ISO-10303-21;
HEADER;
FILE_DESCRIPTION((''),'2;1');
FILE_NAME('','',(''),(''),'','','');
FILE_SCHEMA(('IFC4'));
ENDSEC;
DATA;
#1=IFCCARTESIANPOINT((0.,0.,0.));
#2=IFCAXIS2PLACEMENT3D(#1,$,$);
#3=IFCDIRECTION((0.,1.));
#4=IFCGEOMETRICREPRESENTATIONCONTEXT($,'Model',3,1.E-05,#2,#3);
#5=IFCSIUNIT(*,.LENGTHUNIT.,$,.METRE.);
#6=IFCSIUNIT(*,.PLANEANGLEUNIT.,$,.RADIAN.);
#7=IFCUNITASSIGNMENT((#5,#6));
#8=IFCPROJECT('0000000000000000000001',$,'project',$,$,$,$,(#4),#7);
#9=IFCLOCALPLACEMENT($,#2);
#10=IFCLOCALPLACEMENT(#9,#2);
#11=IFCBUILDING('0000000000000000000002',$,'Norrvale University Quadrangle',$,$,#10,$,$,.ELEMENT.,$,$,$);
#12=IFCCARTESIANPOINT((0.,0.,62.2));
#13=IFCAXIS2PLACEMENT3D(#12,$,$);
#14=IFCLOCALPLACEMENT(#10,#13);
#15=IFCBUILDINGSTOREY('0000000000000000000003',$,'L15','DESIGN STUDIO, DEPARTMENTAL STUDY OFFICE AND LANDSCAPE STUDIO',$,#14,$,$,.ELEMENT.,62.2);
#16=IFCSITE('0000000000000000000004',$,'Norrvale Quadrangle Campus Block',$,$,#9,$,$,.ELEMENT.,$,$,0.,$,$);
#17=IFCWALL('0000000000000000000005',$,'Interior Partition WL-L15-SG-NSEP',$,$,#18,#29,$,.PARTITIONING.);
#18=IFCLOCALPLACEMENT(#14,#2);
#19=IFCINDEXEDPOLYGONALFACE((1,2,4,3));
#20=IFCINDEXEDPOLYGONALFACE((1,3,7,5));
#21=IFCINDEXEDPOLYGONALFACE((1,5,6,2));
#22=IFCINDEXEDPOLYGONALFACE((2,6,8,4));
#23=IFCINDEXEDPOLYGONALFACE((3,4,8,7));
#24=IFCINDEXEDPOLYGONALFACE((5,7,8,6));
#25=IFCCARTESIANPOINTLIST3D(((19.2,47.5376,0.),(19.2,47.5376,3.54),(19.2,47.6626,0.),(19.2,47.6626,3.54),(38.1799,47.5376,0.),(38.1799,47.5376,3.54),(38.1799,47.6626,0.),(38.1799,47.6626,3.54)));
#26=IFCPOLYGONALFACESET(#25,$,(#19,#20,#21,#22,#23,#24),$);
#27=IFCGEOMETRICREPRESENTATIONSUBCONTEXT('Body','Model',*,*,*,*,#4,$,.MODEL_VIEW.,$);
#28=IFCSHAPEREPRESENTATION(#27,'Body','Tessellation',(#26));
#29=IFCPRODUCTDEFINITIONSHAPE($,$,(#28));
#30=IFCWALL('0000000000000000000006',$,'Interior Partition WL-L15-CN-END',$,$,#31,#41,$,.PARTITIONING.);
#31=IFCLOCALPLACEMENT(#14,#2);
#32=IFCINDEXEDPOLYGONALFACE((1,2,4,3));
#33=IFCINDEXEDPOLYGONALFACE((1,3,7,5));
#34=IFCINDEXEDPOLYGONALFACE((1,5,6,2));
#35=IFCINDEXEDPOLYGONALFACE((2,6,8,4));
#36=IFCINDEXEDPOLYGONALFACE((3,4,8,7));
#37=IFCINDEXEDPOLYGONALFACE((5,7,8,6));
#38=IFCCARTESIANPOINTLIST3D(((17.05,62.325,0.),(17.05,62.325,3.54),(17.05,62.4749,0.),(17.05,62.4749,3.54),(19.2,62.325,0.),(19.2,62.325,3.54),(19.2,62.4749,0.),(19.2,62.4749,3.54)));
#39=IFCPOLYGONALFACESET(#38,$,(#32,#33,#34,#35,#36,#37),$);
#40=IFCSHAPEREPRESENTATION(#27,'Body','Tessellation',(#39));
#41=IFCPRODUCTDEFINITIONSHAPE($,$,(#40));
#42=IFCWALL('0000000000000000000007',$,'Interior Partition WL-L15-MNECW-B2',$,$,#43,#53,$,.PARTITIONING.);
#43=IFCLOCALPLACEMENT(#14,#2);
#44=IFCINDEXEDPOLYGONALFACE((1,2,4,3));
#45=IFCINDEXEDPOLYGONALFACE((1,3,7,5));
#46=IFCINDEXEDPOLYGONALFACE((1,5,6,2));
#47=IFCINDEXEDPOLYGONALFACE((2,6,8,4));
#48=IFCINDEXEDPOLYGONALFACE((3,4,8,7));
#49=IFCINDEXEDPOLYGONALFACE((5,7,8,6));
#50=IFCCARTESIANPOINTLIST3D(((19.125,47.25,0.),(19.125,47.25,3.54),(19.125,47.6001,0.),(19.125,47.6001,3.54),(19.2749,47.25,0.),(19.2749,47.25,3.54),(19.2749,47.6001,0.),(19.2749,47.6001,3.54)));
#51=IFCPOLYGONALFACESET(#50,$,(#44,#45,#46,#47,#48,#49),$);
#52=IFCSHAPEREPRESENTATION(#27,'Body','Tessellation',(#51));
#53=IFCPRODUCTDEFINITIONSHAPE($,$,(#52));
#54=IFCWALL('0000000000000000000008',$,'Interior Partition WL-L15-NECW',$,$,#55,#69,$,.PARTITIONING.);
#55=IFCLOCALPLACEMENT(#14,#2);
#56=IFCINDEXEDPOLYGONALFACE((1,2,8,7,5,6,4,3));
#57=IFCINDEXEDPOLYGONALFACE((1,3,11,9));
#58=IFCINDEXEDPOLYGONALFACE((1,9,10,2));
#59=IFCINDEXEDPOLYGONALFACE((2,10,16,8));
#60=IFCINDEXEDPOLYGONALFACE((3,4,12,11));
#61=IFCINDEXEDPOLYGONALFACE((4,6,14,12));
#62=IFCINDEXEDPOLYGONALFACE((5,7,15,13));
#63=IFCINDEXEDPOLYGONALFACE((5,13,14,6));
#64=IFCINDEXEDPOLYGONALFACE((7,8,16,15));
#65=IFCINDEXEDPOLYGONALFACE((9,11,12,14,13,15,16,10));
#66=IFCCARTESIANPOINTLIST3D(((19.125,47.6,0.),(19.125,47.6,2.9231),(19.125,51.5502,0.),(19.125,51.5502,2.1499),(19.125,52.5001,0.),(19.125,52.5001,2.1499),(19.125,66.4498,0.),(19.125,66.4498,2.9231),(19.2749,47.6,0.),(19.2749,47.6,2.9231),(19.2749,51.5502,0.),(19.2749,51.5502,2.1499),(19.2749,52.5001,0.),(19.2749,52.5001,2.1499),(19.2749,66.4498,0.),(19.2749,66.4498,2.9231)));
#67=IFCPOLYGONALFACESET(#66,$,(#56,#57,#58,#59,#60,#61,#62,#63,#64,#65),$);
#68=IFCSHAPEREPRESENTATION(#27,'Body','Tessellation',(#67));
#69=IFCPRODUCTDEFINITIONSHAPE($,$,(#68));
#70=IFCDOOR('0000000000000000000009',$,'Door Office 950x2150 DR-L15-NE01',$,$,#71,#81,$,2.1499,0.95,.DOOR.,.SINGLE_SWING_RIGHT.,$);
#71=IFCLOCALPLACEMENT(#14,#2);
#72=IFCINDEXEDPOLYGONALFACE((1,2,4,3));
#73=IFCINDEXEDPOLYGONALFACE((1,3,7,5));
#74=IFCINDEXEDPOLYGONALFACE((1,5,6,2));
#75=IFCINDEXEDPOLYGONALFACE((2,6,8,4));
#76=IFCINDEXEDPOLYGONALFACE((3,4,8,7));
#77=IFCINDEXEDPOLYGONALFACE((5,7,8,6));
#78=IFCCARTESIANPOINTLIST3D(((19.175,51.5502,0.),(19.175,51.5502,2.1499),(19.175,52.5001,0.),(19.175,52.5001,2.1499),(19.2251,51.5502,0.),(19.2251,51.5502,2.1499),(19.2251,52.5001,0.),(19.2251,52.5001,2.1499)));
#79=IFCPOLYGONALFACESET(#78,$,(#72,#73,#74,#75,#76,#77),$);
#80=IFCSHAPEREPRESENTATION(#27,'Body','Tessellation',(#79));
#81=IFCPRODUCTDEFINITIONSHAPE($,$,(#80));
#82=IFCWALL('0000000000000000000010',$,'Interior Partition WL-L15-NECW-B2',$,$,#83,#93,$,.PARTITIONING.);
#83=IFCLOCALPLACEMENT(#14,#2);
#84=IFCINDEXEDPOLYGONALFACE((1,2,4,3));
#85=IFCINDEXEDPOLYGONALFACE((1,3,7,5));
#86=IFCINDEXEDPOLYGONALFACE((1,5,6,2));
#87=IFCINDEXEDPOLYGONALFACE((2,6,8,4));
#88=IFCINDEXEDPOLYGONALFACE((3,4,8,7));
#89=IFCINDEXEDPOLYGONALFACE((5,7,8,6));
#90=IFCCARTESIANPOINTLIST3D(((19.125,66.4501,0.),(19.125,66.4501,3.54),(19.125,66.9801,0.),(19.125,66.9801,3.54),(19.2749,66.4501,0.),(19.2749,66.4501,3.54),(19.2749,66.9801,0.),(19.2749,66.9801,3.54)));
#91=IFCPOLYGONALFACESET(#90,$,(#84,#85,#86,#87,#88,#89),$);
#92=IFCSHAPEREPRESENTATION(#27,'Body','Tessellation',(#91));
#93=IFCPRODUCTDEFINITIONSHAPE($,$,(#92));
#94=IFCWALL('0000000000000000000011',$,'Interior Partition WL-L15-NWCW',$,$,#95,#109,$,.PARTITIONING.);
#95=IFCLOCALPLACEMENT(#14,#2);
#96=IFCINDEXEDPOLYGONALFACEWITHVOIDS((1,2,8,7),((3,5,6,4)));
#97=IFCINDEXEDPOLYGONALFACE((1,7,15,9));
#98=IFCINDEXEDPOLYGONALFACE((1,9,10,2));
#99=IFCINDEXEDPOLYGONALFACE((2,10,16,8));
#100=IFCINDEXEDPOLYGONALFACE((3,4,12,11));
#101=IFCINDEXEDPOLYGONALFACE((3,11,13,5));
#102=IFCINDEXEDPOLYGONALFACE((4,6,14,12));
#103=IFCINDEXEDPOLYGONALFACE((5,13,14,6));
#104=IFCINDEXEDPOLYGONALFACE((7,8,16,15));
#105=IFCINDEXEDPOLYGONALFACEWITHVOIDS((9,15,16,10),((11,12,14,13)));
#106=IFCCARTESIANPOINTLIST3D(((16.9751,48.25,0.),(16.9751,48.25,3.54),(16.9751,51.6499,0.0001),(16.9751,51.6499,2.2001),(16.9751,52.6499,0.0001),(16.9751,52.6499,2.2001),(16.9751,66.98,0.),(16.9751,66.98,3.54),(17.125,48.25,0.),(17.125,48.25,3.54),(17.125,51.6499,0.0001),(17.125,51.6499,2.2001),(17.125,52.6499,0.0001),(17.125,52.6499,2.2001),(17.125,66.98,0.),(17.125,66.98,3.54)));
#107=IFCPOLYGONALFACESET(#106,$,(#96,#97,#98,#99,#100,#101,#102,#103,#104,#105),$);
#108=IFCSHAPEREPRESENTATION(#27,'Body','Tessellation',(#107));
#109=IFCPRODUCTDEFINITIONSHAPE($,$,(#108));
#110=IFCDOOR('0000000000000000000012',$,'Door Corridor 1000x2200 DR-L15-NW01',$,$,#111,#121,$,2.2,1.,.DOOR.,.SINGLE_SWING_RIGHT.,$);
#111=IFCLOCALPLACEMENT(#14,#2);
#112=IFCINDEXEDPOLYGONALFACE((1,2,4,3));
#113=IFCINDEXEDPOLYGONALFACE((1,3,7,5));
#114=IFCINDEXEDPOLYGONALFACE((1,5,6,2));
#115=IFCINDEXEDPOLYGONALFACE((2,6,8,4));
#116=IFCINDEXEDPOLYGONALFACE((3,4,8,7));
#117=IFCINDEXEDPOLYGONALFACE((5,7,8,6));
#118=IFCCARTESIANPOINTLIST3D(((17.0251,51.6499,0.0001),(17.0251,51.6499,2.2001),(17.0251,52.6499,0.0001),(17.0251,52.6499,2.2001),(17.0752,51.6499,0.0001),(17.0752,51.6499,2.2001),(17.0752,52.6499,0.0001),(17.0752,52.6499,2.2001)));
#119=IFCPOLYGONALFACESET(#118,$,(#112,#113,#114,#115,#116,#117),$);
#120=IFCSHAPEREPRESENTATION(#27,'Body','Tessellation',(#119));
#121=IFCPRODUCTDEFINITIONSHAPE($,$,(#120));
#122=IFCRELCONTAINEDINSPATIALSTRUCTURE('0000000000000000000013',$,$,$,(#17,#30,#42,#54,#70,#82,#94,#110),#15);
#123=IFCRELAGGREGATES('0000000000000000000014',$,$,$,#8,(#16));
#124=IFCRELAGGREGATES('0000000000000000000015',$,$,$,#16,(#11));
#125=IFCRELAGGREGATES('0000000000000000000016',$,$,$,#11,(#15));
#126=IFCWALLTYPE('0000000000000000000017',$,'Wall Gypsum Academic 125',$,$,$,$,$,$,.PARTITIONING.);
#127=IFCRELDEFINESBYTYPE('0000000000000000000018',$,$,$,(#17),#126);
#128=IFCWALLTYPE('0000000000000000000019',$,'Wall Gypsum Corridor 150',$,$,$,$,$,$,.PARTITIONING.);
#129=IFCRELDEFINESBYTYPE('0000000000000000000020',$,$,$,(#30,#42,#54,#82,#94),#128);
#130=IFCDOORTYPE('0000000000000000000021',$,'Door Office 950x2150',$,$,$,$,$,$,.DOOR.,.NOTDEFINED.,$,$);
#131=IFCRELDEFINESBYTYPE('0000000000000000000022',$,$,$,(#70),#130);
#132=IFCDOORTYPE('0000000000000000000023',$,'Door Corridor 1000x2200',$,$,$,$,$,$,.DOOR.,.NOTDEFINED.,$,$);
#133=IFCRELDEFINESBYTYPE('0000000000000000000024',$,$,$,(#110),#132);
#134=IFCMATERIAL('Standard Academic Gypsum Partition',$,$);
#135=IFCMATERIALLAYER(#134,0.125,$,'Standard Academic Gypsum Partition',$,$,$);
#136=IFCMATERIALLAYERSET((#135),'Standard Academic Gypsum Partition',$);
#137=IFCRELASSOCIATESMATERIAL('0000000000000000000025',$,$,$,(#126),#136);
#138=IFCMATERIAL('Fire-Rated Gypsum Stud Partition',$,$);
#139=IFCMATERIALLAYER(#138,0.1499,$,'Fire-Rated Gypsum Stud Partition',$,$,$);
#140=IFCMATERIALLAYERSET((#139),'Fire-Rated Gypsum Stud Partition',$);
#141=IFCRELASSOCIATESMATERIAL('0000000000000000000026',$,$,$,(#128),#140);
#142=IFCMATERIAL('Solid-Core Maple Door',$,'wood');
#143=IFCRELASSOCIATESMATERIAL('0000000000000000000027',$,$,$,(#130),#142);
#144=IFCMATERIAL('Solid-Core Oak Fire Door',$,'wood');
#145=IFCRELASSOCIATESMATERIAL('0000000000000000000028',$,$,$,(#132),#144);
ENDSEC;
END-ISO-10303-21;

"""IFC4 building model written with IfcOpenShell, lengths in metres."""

from ifc_helpers import new_model, si_unit, direction, frame, frame_2d, origin, place, context, subcontext, project, spatial, rectangle, extrude, material, layer, layer_set, type_object, element, fill, save


model = new_model("IFC4")

# Units and contexts
model_context = context("Model", 3, precision=1e-05, world=origin(), true_north=direction((0.0, 1.0)))
body_context = subcontext(model_context, "Body", "Model", "MODEL_VIEW")
ifc_project = project(units=[si_unit("LENGTHUNIT", "METRE"), si_unit("PLANEANGLEUNIT", "RADIAN")], contexts=[model_context])

# Site, building, storey
site_placement = place(None, origin())
site = spatial("IfcSite", under=ifc_project, at=site_placement, Name="Norrvale Quadrangle Campus Block", CompositionType="ELEMENT", RefElevation=0.0)
building_placement = place(site_placement, origin())
building = spatial("IfcBuilding", under=site, at=building_placement, Name="Norrvale University Quadrangle", CompositionType="ELEMENT")
storey_placement = place(building_placement, frame((0.0, 0.0, 62.2)))
storey = spatial("IfcBuildingStorey", under=building, at=storey_placement, Name="L15", Description="DESIGN STUDIO, DEPARTMENTAL STUDY OFFICE AND LANDSCAPE STUDIO", CompositionType="ELEMENT", Elevation=62.2)

# Walls
ifc_material_1 = material(Name="Standard Academic Gypsum Partition")
ifc_layer_1 = layer(ifc_material_1, 0.125, Name="Standard Academic Gypsum Partition")
ifc_layer_set_1 = layer_set([ifc_layer_1], Name="Standard Academic Gypsum Partition")
wall_type_1 = type_object("IfcWallType", Name="Wall Gypsum Academic 125", PredefinedType="PARTITIONING", material=ifc_layer_set_1)
wall_1_placement = place(storey_placement, frame((19.2, 47.6001, 0.0), z_axis=(0.0, 0.0, 1.0), x_axis=(1.0, 0.0, 0.0)))
element("IfcWall", 1, at=wall_1_placement, inside=storey, type_object=wall_type_1, Name="Interior Partition WL-L15-SG-NSEP", PredefinedType="PARTITIONING", context=body_context, shape_type="SweptSolid", body=[
    extrude(rectangle(XDim=18.98, YDim=0.125, at=frame_2d((9.49, 0.0))), origin(), (0.0, 0.0, 1.0), 3.54),
])
ifc_material_2 = material(Name="Fire-Rated Gypsum Stud Partition")
ifc_layer_2 = layer(ifc_material_2, 0.1499, Name="Fire-Rated Gypsum Stud Partition")
ifc_layer_set_2 = layer_set([ifc_layer_2], Name="Fire-Rated Gypsum Stud Partition")
wall_type_2 = type_object("IfcWallType", Name="Wall Gypsum Corridor 150", PredefinedType="PARTITIONING", material=ifc_layer_set_2)
wall_2_placement = place(storey_placement, frame((17.05, 62.3999, 0.0), z_axis=(0.0, 0.0, 1.0), x_axis=(1.0, 0.0, 0.0)))
element("IfcWall", 2, at=wall_2_placement, inside=storey, type_object=wall_type_2, Name="Interior Partition WL-L15-CN-END", PredefinedType="PARTITIONING", context=body_context, shape_type="SweptSolid", body=[
    extrude(rectangle(XDim=2.1499, YDim=0.1499, at=frame_2d((1.075, 0.0))), origin(), (0.0, 0.0, 1.0), 3.54),
])
wall_3_placement = place(storey_placement, frame((19.2, 47.25, 0.0), z_axis=(0.0, 0.0, 1.0), x_axis=(0.0, 1.0, 0.0)))
element("IfcWall", 3, at=wall_3_placement, inside=storey, type_object=wall_type_2, Name="Interior Partition WL-L15-MNECW-B2", PredefinedType="PARTITIONING", context=body_context, shape_type="SweptSolid", body=[
    extrude(rectangle(XDim=0.3501, YDim=0.1499, at=frame_2d((0.175, 0.0))), origin(), (0.0, 0.0, 1.0), 3.54),
])

# Wall, opening, door
wall_4_placement = place(storey_placement, frame((19.2, 47.6001, 0.0), z_axis=(0.0, 0.0, 1.0), x_axis=(0.0, 1.0, 0.0)))
wall_4 = element("IfcWall", 4, at=wall_4_placement, inside=storey, type_object=wall_type_2, Name="Interior Partition WL-L15-NECW", PredefinedType="PARTITIONING", context=body_context, shape_type="SweptSolid", body=[
    extrude(rectangle(XDim=18.8499, YDim=0.1499, at=frame_2d((9.4248, 0.0))), origin(), (0.0, 0.0, 1.0), 2.9231),
])
opening_1_placement = place(wall_4_placement, frame((3.95, 0.0, 0.0)))
opening_1 = element("IfcOpeningElement", 5, at=opening_1_placement, cuts=wall_4, PredefinedType="OPENING", context=body_context, shape_type="SweptSolid", body=[
    extrude(rectangle(XDim=0.95, YDim=2.1499, at=frame_2d((0.4751, 1.075))), frame((0.0, 0.0869, 0.0), z_axis=(0.0, -1.0, 0.0), x_axis=(1.0, 0.0, 0.0)), (0.0, 0.0, 1.0), 0.1738),
])
ifc_material_3 = material(Name="Solid-Core Maple Door", Category="wood")
door_type_1 = type_object("IfcDoorType", Name="Door Office 950x2150", OperationType="NOTDEFINED", PredefinedType="DOOR", material=ifc_material_3)
door_1_placement = place(opening_1_placement, origin())
door_1 = element("IfcDoor", 6, at=door_1_placement, inside=storey, type_object=door_type_1, Name="Door Office 950x2150 DR-L15-NE01", OperationType="SINGLE_SWING_RIGHT", OverallHeight=2.1499, OverallWidth=0.95, PredefinedType="DOOR", context=body_context, shape_type="SweptSolid", body=[
    extrude(rectangle(XDim=0.95, YDim=2.1499, at=frame_2d((0.4751, 1.075))), frame((0.0, 0.0249, 0.0), z_axis=(0.0, -1.0, 0.0), x_axis=(1.0, 0.0, 0.0)), (0.0, 0.0, 1.0), 0.05),
])
fill(opening_1, door_1)

# Wall
wall_5_placement = place(storey_placement, frame((19.2, 66.45, 0.0), z_axis=(0.0, 0.0, 1.0), x_axis=(0.0, 1.0, 0.0)))
element("IfcWall", 7, at=wall_5_placement, inside=storey, type_object=wall_type_2, Name="Interior Partition WL-L15-NECW-B2", PredefinedType="PARTITIONING", context=body_context, shape_type="SweptSolid", body=[
    extrude(rectangle(XDim=0.53, YDim=0.1499, at=frame_2d((0.2651, 0.0))), origin(), (0.0, 0.0, 1.0), 3.54),
])

# Wall, opening, door
wall_6_placement = place(storey_placement, frame((17.05, 48.25, 0.0), z_axis=(0.0, 0.0, 1.0), x_axis=(0.0, 1.0, 0.0)))
wall_6 = element("IfcWall", 8, at=wall_6_placement, inside=storey, type_object=wall_type_2, Name="Interior Partition WL-L15-NWCW", PredefinedType="PARTITIONING", context=body_context, shape_type="SweptSolid", body=[
    extrude(rectangle(XDim=18.73, YDim=0.1499, at=frame_2d((9.365, 0.0))), origin(), (0.0, 0.0, 1.0), 3.54),
])
opening_2_placement = place(wall_6_placement, frame((3.3999, 0.0, 0.0)))
opening_2 = element("IfcOpeningElement", 9, at=opening_2_placement, cuts=wall_6, PredefinedType="OPENING", context=body_context, shape_type="SweptSolid", body=[
    extrude(rectangle(XDim=1.0, YDim=2.2, at=frame_2d((0.5, 1.1001))), frame((0.0, 0.0869, 0.0), z_axis=(0.0, -1.0, 0.0), x_axis=(1.0, 0.0, 0.0)), (0.0, 0.0, 1.0), 0.1738),
])
ifc_material_4 = material(Name="Solid-Core Oak Fire Door", Category="wood")
door_type_2 = type_object("IfcDoorType", Name="Door Corridor 1000x2200", OperationType="NOTDEFINED", PredefinedType="DOOR", material=ifc_material_4)
door_2_placement = place(opening_2_placement, origin())
door_2 = element("IfcDoor", 10, at=door_2_placement, inside=storey, type_object=door_type_2, Name="Door Corridor 1000x2200 DR-L15-NW01", OperationType="SINGLE_SWING_RIGHT", OverallHeight=2.2, OverallWidth=1.0, PredefinedType="DOOR", context=body_context, shape_type="SweptSolid", body=[
    extrude(rectangle(XDim=1.0, YDim=2.2, at=frame_2d((0.5, 1.1001))), frame((0.0, 0.0249, 0.0), z_axis=(0.0, -1.0, 0.0), x_axis=(1.0, 0.0, 0.0)), (0.0, 0.0, 1.0), 0.05),
])
fill(opening_2, door_2)

save(model, "model.ifc")
